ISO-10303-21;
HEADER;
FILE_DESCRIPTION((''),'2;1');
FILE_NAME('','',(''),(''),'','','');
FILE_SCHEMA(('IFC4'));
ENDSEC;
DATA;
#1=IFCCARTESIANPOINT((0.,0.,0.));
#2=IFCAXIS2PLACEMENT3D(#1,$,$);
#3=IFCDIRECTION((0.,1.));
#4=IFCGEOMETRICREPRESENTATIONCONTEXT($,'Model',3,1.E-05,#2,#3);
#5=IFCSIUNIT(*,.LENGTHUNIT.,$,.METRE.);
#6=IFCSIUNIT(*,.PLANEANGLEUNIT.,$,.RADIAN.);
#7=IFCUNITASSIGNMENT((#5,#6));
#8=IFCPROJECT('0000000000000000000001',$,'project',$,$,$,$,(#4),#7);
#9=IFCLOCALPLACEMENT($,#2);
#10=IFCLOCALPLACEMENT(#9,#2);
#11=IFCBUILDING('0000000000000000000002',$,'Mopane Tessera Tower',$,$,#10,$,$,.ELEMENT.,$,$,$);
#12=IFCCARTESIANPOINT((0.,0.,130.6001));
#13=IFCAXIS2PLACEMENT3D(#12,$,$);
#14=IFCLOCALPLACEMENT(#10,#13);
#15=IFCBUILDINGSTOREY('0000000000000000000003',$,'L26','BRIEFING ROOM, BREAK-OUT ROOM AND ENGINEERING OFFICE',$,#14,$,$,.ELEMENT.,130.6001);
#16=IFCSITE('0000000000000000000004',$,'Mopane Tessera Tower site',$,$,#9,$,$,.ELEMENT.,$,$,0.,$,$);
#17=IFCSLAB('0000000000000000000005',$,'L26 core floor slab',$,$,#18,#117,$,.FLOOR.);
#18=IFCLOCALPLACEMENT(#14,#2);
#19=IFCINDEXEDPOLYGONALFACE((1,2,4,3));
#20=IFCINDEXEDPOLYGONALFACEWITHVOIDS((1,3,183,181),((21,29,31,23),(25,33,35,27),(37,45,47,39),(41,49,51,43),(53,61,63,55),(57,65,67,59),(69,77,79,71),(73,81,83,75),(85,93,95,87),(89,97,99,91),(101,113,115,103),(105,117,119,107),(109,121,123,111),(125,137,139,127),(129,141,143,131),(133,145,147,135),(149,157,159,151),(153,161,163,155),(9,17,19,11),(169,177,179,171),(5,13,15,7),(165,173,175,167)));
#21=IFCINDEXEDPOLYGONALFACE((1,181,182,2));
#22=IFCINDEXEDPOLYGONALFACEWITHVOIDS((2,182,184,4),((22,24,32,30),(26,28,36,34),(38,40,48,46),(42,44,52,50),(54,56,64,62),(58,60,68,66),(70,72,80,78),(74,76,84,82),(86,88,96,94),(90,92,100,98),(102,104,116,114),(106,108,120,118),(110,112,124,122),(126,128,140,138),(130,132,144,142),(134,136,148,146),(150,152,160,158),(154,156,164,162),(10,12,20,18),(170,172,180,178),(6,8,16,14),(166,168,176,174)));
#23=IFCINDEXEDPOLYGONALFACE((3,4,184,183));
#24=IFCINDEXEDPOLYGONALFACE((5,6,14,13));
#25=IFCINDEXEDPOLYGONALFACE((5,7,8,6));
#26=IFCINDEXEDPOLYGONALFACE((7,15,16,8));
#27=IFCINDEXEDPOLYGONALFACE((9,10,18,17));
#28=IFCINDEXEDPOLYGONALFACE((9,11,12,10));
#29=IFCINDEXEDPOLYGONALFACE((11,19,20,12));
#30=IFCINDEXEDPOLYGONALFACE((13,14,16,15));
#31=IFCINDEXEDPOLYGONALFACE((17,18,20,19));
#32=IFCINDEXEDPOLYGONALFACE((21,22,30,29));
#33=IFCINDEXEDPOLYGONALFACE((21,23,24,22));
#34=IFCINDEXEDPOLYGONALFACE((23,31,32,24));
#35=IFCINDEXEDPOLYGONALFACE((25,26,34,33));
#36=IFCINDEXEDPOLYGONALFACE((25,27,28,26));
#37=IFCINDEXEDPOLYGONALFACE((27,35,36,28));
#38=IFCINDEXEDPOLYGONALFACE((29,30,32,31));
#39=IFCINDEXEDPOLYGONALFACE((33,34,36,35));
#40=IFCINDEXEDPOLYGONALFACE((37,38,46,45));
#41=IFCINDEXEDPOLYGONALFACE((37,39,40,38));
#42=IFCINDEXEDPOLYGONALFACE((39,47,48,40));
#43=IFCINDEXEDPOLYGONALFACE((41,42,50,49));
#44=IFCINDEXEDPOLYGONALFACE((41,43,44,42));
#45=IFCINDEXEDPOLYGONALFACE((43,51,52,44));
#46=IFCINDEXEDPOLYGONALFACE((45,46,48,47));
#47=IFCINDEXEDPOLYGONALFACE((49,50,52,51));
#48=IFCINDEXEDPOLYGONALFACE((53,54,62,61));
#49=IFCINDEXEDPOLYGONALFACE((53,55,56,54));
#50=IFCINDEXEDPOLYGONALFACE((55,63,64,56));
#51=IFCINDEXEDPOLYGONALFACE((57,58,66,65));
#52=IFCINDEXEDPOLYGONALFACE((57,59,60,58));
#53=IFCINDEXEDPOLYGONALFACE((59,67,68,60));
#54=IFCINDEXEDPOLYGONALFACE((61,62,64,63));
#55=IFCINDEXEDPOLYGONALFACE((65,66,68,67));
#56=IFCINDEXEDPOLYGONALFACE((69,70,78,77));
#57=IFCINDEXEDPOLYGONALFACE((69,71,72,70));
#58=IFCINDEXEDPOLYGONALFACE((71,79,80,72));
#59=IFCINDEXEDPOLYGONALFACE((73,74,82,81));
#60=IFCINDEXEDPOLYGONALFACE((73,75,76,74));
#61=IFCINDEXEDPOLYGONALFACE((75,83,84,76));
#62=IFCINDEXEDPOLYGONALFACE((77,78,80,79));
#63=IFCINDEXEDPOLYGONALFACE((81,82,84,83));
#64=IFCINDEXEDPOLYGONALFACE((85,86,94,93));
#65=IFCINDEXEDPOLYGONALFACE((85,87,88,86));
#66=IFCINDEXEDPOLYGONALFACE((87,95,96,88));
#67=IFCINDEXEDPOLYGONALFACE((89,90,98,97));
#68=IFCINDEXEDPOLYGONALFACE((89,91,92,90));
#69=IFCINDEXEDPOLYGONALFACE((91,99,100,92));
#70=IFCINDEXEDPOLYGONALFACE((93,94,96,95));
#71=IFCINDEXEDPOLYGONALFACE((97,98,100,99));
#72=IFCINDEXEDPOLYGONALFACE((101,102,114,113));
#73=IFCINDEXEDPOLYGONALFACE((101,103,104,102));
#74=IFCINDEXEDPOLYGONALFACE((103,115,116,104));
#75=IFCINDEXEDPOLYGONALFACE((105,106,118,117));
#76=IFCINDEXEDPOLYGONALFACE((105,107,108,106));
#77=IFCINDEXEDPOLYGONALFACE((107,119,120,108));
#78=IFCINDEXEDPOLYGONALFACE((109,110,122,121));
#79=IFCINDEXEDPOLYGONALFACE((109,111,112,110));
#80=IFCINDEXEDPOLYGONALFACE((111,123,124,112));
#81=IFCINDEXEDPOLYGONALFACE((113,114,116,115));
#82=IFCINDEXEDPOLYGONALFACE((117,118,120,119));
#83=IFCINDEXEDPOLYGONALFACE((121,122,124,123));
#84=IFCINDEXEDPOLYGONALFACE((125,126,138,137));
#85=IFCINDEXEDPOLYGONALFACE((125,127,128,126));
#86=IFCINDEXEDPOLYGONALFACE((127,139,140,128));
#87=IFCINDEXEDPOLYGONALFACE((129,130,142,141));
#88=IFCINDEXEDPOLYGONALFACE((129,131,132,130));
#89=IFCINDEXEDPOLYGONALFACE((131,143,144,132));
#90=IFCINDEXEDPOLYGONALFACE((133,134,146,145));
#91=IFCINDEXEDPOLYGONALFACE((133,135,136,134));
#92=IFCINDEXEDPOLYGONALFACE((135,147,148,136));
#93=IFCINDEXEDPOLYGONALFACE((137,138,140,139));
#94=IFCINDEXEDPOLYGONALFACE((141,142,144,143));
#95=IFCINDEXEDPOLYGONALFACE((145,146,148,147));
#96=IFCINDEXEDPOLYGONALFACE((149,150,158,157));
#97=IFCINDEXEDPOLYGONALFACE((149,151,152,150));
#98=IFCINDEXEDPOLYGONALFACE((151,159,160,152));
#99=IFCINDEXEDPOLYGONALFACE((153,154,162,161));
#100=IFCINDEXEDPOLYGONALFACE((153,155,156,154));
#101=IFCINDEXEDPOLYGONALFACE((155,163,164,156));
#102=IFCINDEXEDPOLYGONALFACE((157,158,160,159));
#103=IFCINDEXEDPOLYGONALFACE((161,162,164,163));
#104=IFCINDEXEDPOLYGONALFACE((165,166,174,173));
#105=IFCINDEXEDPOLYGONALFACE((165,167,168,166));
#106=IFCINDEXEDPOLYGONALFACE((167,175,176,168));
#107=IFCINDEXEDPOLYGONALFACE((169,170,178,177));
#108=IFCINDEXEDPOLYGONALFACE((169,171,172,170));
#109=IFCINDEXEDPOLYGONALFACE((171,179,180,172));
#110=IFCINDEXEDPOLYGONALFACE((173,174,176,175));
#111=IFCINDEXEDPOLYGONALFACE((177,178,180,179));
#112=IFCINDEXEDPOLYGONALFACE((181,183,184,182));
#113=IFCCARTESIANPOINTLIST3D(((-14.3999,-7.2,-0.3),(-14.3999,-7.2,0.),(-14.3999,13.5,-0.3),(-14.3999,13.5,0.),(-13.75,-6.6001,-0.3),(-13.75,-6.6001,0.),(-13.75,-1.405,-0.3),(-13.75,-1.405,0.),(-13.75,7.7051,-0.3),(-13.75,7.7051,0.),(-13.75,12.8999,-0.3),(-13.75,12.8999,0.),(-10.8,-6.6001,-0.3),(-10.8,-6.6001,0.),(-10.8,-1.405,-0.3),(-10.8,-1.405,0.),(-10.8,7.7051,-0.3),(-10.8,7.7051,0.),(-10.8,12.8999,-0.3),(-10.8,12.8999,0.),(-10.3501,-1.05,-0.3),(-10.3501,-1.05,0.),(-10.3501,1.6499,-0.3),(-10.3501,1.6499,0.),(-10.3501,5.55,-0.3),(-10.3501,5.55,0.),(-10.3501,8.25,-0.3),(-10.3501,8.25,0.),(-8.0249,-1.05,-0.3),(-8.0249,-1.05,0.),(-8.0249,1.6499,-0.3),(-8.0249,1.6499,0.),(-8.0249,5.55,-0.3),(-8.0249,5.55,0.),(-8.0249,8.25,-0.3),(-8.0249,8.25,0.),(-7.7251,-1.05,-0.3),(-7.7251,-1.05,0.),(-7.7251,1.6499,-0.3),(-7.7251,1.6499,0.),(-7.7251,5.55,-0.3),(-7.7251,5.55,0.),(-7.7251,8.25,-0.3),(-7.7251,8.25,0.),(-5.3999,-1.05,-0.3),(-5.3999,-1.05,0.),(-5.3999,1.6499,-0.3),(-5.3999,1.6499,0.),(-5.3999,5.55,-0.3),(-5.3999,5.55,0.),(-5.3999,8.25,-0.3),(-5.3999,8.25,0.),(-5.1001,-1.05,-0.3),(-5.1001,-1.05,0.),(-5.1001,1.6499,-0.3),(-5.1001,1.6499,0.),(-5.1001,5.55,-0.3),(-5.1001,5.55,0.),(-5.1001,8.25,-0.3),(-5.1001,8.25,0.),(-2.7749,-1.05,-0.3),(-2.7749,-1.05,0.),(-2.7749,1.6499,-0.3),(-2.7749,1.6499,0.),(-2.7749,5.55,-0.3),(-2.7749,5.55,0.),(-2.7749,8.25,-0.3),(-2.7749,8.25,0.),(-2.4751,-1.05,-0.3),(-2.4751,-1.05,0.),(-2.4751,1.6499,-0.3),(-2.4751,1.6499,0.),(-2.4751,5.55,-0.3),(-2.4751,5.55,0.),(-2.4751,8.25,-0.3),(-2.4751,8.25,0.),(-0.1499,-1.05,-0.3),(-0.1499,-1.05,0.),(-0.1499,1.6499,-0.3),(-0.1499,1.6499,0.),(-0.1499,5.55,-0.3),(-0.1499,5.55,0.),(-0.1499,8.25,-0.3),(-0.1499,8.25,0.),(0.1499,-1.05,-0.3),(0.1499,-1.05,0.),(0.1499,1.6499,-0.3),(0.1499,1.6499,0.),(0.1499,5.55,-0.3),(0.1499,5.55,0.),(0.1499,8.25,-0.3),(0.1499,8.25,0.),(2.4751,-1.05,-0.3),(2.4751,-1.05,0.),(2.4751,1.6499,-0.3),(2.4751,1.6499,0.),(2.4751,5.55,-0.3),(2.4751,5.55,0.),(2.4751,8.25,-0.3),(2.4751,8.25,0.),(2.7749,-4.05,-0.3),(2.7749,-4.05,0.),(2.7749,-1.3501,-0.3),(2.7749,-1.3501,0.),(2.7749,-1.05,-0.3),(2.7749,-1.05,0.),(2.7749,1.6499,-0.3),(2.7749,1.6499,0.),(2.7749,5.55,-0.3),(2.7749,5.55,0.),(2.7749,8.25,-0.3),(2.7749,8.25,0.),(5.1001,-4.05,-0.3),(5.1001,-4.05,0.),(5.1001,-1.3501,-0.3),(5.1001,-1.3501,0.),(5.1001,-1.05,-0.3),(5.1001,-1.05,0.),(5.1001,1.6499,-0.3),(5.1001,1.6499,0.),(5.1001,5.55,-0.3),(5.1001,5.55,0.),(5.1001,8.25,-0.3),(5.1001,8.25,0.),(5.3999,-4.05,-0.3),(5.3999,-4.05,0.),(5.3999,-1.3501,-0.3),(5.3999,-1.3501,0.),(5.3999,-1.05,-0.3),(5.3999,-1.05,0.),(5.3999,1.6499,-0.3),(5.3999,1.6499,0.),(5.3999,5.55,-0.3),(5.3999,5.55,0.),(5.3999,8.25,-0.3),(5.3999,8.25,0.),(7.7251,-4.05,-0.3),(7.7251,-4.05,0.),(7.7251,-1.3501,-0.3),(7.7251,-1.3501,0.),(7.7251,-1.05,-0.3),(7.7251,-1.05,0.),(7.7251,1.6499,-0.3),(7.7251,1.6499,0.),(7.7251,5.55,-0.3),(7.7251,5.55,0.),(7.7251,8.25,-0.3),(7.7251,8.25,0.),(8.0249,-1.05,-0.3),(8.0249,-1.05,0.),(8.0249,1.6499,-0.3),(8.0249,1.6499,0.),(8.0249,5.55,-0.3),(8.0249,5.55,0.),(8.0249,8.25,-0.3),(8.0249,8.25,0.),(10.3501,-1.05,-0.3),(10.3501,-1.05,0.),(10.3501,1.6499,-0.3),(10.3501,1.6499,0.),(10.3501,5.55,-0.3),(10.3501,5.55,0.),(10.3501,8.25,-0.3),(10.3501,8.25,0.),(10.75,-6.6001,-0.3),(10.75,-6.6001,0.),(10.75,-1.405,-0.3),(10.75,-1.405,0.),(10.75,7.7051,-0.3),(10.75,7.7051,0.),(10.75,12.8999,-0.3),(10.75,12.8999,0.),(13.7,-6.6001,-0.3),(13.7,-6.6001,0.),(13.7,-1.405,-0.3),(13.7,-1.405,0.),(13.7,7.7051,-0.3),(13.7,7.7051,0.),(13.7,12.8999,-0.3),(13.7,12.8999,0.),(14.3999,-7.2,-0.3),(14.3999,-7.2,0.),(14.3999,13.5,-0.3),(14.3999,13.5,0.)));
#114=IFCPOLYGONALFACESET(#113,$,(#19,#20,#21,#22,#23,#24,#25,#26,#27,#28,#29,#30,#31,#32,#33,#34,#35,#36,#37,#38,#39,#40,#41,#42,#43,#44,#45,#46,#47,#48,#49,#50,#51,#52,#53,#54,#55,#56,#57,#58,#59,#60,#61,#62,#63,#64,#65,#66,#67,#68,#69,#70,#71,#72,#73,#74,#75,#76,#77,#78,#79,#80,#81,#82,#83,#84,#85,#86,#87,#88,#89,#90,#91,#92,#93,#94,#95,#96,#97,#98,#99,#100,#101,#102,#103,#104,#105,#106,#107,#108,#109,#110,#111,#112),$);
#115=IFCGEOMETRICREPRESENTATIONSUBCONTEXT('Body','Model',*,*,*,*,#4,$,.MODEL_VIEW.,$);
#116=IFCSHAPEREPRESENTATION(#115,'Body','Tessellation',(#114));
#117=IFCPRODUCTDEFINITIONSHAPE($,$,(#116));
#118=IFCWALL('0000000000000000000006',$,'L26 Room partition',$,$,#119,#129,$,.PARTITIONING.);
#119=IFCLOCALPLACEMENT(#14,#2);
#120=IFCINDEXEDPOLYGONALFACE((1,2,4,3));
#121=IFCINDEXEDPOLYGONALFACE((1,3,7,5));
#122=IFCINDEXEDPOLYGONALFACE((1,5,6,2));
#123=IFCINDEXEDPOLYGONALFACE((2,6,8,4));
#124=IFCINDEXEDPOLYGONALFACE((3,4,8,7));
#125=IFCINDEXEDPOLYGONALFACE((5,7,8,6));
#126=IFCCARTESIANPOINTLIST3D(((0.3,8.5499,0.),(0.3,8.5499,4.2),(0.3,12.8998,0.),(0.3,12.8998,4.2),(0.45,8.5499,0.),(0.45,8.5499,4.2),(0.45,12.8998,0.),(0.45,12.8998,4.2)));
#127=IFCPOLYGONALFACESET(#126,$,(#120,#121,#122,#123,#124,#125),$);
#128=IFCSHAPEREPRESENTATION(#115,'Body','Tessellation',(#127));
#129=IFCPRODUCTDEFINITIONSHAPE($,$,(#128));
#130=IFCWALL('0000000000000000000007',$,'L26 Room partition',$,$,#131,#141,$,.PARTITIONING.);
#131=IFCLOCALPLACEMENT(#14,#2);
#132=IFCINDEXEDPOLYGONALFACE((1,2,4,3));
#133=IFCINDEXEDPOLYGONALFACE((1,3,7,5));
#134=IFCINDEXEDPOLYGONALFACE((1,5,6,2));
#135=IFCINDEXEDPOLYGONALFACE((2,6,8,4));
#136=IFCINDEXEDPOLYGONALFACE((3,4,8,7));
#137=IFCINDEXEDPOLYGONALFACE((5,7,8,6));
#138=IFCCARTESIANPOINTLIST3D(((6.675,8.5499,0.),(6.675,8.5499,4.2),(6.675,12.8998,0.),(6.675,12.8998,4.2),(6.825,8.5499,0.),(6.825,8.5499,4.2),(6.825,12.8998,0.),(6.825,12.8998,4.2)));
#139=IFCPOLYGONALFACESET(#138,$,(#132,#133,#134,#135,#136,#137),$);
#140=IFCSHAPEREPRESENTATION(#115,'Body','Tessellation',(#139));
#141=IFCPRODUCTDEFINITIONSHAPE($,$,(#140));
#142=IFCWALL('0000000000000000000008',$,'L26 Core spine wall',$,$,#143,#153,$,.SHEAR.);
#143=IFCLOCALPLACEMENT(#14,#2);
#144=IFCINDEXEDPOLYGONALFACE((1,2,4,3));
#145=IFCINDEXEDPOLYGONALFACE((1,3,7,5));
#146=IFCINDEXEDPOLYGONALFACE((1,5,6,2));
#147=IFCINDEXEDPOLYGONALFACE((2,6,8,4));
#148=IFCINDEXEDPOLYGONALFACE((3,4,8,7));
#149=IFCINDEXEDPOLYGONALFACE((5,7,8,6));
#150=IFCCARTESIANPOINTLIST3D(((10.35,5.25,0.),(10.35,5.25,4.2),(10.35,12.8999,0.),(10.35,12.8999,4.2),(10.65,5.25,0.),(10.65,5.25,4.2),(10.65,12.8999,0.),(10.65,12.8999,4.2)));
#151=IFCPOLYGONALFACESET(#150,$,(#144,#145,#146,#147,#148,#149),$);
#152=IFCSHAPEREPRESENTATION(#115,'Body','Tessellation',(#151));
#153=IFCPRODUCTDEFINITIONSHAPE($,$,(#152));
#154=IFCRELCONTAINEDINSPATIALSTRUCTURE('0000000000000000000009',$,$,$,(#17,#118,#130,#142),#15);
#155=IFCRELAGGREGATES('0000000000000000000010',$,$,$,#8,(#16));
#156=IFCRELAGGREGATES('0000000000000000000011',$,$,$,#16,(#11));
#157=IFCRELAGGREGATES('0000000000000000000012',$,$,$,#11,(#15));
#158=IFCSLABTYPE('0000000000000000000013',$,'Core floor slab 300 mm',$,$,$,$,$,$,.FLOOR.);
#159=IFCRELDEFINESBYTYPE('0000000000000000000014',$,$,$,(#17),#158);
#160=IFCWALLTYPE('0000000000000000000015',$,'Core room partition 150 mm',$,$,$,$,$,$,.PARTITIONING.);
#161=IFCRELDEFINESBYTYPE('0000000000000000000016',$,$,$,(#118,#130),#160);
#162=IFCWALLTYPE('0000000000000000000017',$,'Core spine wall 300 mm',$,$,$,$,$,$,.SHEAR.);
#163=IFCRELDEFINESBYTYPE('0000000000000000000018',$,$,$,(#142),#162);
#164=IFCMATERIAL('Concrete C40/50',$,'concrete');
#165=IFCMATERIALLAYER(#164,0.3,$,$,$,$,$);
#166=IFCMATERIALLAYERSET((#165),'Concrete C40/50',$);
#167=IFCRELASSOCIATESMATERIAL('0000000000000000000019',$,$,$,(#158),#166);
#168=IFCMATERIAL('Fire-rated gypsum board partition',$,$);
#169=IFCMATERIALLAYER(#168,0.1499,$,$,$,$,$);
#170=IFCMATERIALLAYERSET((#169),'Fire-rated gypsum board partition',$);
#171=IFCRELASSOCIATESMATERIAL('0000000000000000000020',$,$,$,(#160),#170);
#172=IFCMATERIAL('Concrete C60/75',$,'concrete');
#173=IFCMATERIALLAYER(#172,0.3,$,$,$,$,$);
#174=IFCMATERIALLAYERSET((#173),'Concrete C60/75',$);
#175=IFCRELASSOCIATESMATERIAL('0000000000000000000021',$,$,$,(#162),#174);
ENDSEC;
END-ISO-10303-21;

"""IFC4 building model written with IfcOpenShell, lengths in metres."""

from ifc_helpers import new_model, si_unit, direction, frame, frame_2d, origin, place, context, subcontext, project, spatial, polyline, rectangle, outline, extrude, material, layer, layer_set, type_object, element, save


model = new_model("IFC4")

# Units and contexts
model_context = context("Model", 3, precision=1e-05, world=origin(), true_north=direction((0.0, 1.0)))
body_context = subcontext(model_context, "Body", "Model", "MODEL_VIEW")
ifc_project = project(units=[si_unit("LENGTHUNIT", "METRE"), si_unit("PLANEANGLEUNIT", "RADIAN")], contexts=[model_context])

# Site, building, storey
site_placement = place(None, origin())
site = spatial("IfcSite", under=ifc_project, at=site_placement, Name="Mopane Tessera Tower site", CompositionType="ELEMENT", RefElevation=0.0)
building_placement = place(site_placement, origin())
building = spatial("IfcBuilding", under=site, at=building_placement, Name="Mopane Tessera Tower", CompositionType="ELEMENT")
storey_placement = place(building_placement, frame((0.0, 0.0, 130.6001)))
storey = spatial("IfcBuildingStorey", under=building, at=storey_placement, Name="L26", Description="BRIEFING ROOM, BREAK-OUT ROOM AND ENGINEERING OFFICE", CompositionType="ELEMENT", Elevation=130.6001)

# Slab
ifc_material_1 = material(Name="Concrete C40/50", Category="concrete")
ifc_layer_1 = layer(ifc_material_1, 0.3)
ifc_layer_set_1 = layer_set([ifc_layer_1], Name="Concrete C40/50")
slab_type = type_object("IfcSlabType", Name="Core floor slab 300 mm", PredefinedType="FLOOR", material=ifc_layer_set_1)
slab_placement = place(storey_placement, frame((0.0, 0.0, -0.3)))
element("IfcSlab", 1, at=slab_placement, inside=storey, type_object=slab_type, Name="L26 core floor slab", PredefinedType="FLOOR", context=body_context, shape_type="SweptSolid", body=[
    extrude(outline(polyline([(-14.3999, -7.2), (14.3999, -7.2), (14.3999, 13.5), (-14.3999, 13.5), (-14.3999, -7.2)]), holes=[polyline([(-10.3501, -1.05), (-8.0249, -1.05), (-8.0249, 1.6499), (-10.3501, 1.6499), (-10.3501, -1.05)]), polyline([(-7.7251, -1.05), (-5.3999, -1.05), (-5.3999, 1.6499), (-7.7251, 1.6499), (-7.7251, -1.05)]), polyline([(-5.1001, -1.05), (-2.7749, -1.05), (-2.7749, 1.6499), (-5.1001, 1.6499), (-5.1001, -1.05)]), polyline([(-2.4751, -1.05), (-0.1499, -1.05), (-0.1499, 1.6499), (-2.4751, 1.6499), (-2.4751, -1.05)]), polyline([(0.1499, -1.05), (2.4751, -1.05), (2.4751, 1.6499), (0.1499, 1.6499), (0.1499, -1.05)]), polyline([(2.7749, -1.05), (5.1001, -1.05), (5.1001, 1.6499), (2.7749, 1.6499), (2.7749, -1.05)]), polyline([(5.3999, -1.05), (7.7251, -1.05), (7.7251, 1.6499), (5.3999, 1.6499), (5.3999, -1.05)]), polyline([(8.0249, -1.05), (10.3501, -1.05), (10.3501, 1.6499), (8.0249, 1.6499), (8.0249, -1.05)]), polyline([(-10.3501, 5.55), (-8.0249, 5.55), (-8.0249, 8.25), (-10.3501, 8.25), (-10.3501, 5.55)]), polyline([(-7.7251, 5.55), (-5.3999, 5.55), (-5.3999, 8.25), (-7.7251, 8.25), (-7.7251, 5.55)]), polyline([(-5.1001, 5.55), (-2.7749, 5.55), (-2.7749, 8.25), (-5.1001, 8.25), (-5.1001, 5.55)]), polyline([(-2.4751, 5.55), (-0.1499, 5.55), (-0.1499, 8.25), (-2.4751, 8.25), (-2.4751, 5.55)]), polyline([(0.1499, 5.55), (2.4751, 5.55), (2.4751, 8.25), (0.1499, 8.25), (0.1499, 5.55)]), polyline([(2.7749, 5.55), (5.1001, 5.55), (5.1001, 8.25), (2.7749, 8.25), (2.7749, 5.55)]), polyline([(5.3999, 5.55), (7.7251, 5.55), (7.7251, 8.25), (5.3999, 8.25), (5.3999, 5.55)]), polyline([(8.0249, 5.55), (10.3501, 5.55), (10.3501, 8.25), (8.0249, 8.25), (8.0249, 5.55)]), polyline([(2.7749, -4.05), (5.1001, -4.05), (5.1001, -1.3501), (2.7749, -1.3501), (2.7749, -4.05)]), polyline([(5.3999, -4.05), (7.7251, -4.05), (7.7251, -1.3501), (5.3999, -1.3501), (5.3999, -4.05)]), polyline([(-13.75, -1.405), (-13.75, -6.6001), (-10.8, -6.6001), (-10.8, -1.405), (-13.75, -1.405)]), polyline([(-10.8, 7.7051), (-10.8, 12.8999), (-13.75, 12.8999), (-13.75, 7.7051), (-10.8, 7.7051)]), polyline([(10.75, -1.405), (10.75, -6.6001), (13.7, -6.6001), (13.7, -1.405), (10.75, -1.405)]), polyline([(13.7, 7.7051), (13.7, 12.8999), (10.75, 12.8999), (10.75, 7.7051), (13.7, 7.7051)])]), origin(), (0.0, 0.0, 1.0), 0.3),
])

# Walls
ifc_material_2 = material(Name="Fire-rated gypsum board partition")
ifc_layer_2 = layer(ifc_material_2, 0.1499)
ifc_layer_set_2 = layer_set([ifc_layer_2], Name="Fire-rated gypsum board partition")
wall_type_1 = type_object("IfcWallType", Name="Core room partition 150 mm", PredefinedType="PARTITIONING", material=ifc_layer_set_2)
for number, where, z_axis, x_axis, name in (
    (2, (0.375, 8.55, 0.0), (0.0, 0.0, 1.0), (0.0, 1.0, 0.0), "L26 Room partition"),
    (3, (6.75, 8.55, 0.0), (0.0, 0.0, 1.0), (0.0, 1.0, 0.0), "L26 Room partition"),
):
    element("IfcWall", number, at=place(storey_placement, frame(where, z_axis=z_axis, x_axis=x_axis)), inside=storey, type_object=wall_type_1, Name=name, PredefinedType="PARTITIONING", context=body_context, shape_type="SweptSolid", body=[
        extrude(rectangle(XDim=4.3499, YDim=0.1499, at=frame_2d((2.1748, 0.0))), origin(), (0.0, 0.0, 1.0), 4.2),
    ])
ifc_material_3 = material(Name="Concrete C60/75", Category="concrete")
ifc_layer_3 = layer(ifc_material_3, 0.3)
ifc_layer_set_3 = layer_set([ifc_layer_3], Name="Concrete C60/75")
wall_type_2 = type_object("IfcWallType", Name="Core spine wall 300 mm", PredefinedType="SHEAR", material=ifc_layer_set_3)
wall_1_placement = place(storey_placement, frame((10.5, 5.25, 0.0), z_axis=(0.0, 0.0, 1.0), x_axis=(0.0, 1.0, 0.0)))
element("IfcWall", 4, at=wall_1_placement, inside=storey, type_object=wall_type_2, Name="L26 Core spine wall", PredefinedType="SHEAR", context=body_context, shape_type="SweptSolid", body=[
    extrude(rectangle(XDim=7.6499, YDim=0.3, at=frame_2d((3.825, 0.0))), origin(), (0.0, 0.0, 1.0), 4.2),
])

save(model, "model.ifc")
